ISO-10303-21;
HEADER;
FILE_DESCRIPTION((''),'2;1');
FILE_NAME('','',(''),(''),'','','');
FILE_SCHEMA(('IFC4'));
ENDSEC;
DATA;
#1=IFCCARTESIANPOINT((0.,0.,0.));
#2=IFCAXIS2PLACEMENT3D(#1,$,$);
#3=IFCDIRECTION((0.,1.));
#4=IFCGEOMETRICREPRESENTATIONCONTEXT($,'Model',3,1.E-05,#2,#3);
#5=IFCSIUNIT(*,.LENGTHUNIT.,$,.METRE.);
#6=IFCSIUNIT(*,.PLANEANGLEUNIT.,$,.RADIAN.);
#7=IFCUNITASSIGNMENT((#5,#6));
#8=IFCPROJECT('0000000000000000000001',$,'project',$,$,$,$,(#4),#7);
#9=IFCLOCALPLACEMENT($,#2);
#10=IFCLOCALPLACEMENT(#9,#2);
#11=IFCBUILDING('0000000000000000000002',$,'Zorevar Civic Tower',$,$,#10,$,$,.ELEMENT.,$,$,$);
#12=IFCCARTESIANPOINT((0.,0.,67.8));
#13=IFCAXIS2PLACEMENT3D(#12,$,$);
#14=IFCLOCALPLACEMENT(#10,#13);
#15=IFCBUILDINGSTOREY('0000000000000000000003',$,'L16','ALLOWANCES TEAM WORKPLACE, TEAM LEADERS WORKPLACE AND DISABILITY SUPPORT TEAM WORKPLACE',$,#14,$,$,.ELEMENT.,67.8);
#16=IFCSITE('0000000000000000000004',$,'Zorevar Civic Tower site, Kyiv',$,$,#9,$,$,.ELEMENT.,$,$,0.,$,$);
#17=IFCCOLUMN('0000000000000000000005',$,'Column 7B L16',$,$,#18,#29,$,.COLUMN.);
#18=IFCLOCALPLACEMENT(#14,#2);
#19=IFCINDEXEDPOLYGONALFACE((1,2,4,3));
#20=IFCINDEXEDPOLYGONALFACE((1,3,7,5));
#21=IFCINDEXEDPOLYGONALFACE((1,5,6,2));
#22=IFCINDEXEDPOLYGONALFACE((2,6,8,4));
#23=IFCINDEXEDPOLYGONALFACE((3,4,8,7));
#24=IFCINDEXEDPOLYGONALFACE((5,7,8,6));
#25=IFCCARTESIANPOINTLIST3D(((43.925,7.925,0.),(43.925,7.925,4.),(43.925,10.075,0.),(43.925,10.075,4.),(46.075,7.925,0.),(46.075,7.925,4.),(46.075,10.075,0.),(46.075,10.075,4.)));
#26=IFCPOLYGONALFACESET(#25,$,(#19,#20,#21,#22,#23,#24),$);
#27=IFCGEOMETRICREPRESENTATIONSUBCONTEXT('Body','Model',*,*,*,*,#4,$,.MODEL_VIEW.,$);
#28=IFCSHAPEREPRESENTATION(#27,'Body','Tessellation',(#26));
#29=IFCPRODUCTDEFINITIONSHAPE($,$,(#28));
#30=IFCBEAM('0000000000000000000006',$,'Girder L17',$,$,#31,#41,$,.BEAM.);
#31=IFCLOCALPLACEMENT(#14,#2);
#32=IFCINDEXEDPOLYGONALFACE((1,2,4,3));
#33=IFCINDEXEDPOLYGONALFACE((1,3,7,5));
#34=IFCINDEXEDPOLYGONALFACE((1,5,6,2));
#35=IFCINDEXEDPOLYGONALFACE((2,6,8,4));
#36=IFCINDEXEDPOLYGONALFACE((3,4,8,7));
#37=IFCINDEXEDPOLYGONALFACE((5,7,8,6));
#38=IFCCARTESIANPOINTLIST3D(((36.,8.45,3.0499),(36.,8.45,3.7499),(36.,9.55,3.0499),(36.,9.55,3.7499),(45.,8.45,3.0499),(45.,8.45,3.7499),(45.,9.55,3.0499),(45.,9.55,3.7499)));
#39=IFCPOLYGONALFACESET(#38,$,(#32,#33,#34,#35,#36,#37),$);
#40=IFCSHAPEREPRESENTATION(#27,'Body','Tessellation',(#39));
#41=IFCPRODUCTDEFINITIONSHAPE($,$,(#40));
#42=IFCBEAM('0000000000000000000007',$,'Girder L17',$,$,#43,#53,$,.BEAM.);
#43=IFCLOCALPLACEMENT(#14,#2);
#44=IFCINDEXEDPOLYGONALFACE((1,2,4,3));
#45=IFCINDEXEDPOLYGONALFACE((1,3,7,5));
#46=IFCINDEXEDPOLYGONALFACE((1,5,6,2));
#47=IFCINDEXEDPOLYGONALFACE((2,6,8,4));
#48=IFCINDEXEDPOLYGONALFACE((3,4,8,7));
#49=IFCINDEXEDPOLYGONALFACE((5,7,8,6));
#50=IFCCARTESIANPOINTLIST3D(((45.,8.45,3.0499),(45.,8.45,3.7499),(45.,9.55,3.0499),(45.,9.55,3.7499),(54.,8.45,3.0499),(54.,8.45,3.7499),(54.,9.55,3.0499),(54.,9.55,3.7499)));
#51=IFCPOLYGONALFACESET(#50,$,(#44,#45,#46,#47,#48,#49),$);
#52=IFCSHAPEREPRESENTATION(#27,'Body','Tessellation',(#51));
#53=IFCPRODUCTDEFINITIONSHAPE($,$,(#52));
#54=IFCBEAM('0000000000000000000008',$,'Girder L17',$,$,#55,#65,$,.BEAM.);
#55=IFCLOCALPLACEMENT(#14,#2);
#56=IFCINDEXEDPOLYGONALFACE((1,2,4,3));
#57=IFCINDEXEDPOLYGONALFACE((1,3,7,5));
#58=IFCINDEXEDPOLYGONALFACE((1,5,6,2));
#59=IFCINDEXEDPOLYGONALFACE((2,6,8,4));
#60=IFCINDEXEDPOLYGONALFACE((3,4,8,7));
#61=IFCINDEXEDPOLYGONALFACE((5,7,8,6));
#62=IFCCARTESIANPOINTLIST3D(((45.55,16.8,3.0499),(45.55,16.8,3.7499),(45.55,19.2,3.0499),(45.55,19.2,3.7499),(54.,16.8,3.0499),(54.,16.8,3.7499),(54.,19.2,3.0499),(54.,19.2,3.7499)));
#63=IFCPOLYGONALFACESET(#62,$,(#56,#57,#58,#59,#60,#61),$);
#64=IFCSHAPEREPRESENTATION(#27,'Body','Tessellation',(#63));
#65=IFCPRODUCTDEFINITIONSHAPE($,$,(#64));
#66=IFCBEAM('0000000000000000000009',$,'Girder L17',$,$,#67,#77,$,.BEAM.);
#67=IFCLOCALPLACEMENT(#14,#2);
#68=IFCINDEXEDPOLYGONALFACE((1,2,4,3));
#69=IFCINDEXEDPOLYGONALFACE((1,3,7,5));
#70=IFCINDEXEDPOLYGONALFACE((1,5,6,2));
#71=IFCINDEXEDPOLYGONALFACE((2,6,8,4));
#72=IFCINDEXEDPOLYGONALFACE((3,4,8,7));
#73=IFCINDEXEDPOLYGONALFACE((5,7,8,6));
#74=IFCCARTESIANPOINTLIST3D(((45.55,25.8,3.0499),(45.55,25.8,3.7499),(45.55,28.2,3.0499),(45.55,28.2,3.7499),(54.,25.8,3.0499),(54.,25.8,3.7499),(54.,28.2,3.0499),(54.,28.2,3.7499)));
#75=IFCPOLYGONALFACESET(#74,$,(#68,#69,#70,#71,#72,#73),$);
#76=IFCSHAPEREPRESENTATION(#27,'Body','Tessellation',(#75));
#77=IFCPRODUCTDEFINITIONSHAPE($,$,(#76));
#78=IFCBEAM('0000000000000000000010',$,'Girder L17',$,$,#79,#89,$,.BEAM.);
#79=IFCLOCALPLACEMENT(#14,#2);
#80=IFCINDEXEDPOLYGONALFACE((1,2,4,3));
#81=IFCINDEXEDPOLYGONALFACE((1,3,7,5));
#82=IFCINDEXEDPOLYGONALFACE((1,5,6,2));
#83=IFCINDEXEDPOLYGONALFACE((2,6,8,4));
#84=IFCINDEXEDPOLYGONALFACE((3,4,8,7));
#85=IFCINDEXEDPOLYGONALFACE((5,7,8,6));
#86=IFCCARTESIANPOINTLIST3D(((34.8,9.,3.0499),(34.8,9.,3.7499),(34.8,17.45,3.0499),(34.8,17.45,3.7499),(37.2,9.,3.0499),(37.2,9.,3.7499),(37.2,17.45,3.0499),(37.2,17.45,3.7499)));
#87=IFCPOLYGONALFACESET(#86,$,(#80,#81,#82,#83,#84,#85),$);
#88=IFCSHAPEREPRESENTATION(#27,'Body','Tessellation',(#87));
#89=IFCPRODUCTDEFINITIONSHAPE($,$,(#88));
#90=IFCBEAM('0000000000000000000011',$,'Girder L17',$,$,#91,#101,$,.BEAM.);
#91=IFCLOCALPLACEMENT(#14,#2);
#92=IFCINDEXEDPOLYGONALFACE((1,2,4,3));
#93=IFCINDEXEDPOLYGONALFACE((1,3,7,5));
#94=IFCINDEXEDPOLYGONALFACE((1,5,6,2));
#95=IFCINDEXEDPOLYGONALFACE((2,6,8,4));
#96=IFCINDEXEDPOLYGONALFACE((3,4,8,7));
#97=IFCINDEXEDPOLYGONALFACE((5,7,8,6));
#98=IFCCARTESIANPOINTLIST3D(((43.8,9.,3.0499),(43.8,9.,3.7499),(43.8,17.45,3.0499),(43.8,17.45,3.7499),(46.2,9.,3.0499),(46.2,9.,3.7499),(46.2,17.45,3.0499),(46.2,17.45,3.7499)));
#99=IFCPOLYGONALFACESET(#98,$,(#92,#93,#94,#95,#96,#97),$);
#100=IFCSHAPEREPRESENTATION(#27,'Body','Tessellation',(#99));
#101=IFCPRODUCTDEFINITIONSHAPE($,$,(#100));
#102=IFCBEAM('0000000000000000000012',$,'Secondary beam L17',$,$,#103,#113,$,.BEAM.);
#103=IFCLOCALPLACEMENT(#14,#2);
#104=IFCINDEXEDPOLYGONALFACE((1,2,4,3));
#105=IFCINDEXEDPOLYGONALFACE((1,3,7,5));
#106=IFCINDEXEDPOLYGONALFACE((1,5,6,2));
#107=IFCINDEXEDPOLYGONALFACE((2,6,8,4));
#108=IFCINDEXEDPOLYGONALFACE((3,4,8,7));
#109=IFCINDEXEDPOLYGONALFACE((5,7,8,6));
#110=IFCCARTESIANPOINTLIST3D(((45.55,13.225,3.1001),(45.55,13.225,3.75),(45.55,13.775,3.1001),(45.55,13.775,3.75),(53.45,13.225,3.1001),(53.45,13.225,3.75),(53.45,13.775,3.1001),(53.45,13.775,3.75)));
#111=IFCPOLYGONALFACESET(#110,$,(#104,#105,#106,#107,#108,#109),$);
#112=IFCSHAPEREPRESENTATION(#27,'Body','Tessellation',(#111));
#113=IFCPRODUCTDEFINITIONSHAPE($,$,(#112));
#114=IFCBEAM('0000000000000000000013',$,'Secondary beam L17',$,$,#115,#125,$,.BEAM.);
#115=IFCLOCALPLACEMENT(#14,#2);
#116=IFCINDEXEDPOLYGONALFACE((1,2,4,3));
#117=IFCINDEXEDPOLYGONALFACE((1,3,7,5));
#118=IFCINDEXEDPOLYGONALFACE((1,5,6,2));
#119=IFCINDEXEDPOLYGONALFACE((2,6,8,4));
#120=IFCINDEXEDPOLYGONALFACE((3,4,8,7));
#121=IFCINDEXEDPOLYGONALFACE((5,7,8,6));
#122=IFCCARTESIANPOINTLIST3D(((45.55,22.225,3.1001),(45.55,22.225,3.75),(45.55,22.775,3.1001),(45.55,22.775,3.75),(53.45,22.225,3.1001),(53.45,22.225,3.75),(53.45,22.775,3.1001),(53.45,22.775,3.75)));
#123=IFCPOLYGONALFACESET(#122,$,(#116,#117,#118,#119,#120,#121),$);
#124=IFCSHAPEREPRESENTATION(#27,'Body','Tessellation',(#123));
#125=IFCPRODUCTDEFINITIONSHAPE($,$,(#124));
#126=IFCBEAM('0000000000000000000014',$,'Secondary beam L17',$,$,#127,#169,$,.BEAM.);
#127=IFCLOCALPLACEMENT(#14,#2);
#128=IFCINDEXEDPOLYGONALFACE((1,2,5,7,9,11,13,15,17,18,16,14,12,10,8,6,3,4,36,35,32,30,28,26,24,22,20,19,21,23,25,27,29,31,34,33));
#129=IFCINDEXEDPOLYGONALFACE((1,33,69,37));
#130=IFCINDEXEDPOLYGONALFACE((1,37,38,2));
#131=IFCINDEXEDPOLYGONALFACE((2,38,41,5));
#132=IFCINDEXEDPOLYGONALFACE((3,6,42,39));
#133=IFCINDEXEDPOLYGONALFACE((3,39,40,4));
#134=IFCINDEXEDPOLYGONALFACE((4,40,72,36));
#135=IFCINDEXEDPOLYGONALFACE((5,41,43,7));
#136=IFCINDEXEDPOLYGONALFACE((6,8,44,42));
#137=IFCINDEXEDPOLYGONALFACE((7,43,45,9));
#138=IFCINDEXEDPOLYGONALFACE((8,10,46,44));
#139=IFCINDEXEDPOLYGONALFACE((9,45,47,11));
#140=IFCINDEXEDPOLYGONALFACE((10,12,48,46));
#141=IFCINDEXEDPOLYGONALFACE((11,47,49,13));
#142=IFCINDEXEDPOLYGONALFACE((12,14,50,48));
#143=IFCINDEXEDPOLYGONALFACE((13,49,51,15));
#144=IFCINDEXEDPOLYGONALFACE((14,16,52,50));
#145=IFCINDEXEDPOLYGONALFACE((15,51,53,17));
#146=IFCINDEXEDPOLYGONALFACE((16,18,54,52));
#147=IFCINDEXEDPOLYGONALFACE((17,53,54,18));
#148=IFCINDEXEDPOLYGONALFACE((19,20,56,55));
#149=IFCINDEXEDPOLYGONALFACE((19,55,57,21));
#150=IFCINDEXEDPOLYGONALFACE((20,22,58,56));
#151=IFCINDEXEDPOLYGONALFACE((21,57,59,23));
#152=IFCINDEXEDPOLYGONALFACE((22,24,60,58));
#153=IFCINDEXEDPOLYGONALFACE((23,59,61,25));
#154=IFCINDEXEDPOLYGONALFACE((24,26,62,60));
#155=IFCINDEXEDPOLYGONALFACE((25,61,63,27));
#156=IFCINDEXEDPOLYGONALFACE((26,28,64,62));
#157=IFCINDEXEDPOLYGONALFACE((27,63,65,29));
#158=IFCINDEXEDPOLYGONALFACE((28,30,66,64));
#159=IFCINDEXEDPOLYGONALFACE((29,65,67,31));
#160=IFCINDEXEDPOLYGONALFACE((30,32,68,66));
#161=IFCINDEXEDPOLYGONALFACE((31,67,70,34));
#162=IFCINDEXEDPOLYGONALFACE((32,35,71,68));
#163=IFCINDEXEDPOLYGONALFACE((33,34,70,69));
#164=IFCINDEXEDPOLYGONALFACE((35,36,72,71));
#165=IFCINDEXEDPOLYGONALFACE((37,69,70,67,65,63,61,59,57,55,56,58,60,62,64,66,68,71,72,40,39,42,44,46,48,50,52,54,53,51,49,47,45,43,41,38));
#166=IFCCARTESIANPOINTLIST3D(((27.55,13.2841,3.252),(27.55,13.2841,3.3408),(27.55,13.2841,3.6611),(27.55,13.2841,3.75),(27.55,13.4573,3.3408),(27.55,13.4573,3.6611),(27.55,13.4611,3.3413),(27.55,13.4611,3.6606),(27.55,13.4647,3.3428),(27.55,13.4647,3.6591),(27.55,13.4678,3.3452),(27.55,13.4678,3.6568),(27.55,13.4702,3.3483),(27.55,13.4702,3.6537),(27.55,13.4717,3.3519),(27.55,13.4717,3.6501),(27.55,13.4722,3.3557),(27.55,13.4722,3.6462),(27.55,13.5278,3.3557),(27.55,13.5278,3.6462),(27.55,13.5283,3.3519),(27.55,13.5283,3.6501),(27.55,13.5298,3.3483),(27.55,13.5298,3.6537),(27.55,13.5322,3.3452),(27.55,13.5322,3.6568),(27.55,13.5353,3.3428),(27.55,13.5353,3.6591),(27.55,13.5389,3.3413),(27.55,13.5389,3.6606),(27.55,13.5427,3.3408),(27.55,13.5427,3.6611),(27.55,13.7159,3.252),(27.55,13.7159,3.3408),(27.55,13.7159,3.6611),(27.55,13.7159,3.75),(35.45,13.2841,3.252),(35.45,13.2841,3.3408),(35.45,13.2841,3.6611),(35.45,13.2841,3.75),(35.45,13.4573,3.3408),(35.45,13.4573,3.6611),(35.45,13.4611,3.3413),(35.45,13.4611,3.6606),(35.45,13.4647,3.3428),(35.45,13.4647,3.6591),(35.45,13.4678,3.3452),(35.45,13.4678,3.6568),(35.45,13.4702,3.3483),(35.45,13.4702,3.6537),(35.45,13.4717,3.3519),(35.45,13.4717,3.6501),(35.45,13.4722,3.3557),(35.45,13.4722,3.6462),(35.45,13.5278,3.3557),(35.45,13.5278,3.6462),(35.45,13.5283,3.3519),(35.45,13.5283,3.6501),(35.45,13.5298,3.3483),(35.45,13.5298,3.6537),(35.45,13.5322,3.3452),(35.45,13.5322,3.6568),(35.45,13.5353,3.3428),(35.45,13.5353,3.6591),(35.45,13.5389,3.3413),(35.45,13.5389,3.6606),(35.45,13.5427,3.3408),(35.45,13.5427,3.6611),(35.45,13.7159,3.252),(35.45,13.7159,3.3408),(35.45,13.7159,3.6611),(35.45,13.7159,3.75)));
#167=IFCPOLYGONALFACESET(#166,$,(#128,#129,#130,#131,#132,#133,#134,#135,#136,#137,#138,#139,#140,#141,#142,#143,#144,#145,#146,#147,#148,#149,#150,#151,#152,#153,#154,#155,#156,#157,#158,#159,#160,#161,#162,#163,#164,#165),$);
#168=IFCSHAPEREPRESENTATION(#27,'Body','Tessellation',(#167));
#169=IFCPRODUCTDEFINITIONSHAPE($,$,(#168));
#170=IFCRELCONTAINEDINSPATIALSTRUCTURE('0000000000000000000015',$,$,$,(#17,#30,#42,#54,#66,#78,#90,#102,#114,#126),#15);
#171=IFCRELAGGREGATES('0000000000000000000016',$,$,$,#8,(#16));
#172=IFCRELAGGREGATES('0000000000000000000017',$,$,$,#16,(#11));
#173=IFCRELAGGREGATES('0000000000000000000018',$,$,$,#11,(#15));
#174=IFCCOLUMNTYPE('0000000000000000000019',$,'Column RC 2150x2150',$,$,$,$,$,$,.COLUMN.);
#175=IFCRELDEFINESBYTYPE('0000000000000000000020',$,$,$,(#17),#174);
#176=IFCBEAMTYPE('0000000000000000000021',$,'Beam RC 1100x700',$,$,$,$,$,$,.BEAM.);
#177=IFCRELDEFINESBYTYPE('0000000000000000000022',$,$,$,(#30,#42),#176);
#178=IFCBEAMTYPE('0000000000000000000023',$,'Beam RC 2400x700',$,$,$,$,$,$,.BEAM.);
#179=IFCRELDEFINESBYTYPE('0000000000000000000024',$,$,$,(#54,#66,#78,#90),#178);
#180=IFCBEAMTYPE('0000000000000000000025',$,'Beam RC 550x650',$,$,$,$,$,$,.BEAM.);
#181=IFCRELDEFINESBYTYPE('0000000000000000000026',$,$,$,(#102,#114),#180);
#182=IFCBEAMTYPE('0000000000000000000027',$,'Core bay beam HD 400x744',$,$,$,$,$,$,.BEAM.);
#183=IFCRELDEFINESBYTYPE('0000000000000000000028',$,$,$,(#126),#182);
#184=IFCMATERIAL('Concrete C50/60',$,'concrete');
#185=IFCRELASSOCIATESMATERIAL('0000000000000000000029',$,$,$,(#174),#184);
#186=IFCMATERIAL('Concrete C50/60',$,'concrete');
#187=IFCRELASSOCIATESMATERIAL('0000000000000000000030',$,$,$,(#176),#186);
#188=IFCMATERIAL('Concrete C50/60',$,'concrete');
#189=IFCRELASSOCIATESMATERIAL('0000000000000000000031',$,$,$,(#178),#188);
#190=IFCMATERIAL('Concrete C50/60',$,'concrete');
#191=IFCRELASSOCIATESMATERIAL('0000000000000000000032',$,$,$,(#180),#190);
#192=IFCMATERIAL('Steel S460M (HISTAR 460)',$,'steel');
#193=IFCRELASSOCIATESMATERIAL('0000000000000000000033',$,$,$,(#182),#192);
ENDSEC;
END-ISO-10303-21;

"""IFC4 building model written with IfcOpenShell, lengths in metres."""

from ifc_helpers import new_model, si_unit, direction, frame, origin, origin_2d, place, context, subcontext, project, spatial, rectangle, i_section, extrude, material, material_profile, profile_set, type_object, element, save


model = new_model("IFC4")

# Units and contexts
model_context = context("Model", 3, precision=1e-05, world=origin(), true_north=direction((0.0, 1.0)))
body_context = subcontext(model_context, "Body", "Model", "MODEL_VIEW")
ifc_project = project(units=[si_unit("LENGTHUNIT", "METRE"), si_unit("PLANEANGLEUNIT", "RADIAN")], contexts=[model_context])

# Site, building, storey
site_placement = place(None, origin())
site = spatial("IfcSite", under=ifc_project, at=site_placement, Name="Zorevar Civic Tower site, Kyiv", CompositionType="ELEMENT", RefElevation=0.0)
building_placement = place(site_placement, origin())
building = spatial("IfcBuilding", under=site, at=building_placement, Name="Zorevar Civic Tower", CompositionType="ELEMENT")
storey_placement = place(building_placement, frame((0.0, 0.0, 67.8)))
storey = spatial("IfcBuildingStorey", under=building, at=storey_placement, Name="L16", Description="ALLOWANCES TEAM WORKPLACE, TEAM LEADERS WORKPLACE AND DISABILITY SUPPORT TEAM WORKPLACE", CompositionType="ELEMENT", Elevation=67.8)

# Column
ifc_material_1 = material(Name="Concrete C50/60", Category="concrete")
ifc_material_profile_1 = material_profile(ifc_material_1, rectangle(XDim=2.1499, YDim=2.1499, at=origin_2d()), Name="RC 2150x2150")
ifc_profile_set_1 = profile_set([ifc_material_profile_1], Name="Concrete C50/60")
column_type = type_object("IfcColumnType", Name="Column RC 2150x2150", PredefinedType="COLUMN", material=ifc_profile_set_1)
column_placement = place(storey_placement, frame((45.0, 9.0, 0.0), z_axis=(0.0, 0.0, 1.0), x_axis=(1.0, 0.0, 0.0)))
element("IfcColumn", 1, at=column_placement, inside=storey, type_object=column_type, Name="Column 7B L16", PredefinedType="COLUMN", context=body_context, shape_type="SweptSolid", body=[
    extrude(rectangle(XDim=2.1499, YDim=2.1499, at=origin_2d()), origin(), (0.0, 0.0, 1.0), 4.0),
])

# Beams
ifc_material_2 = material(Name="Concrete C50/60", Category="concrete")
ifc_material_profile_2 = material_profile(ifc_material_2, rectangle(XDim=1.1001, YDim=0.7, at=origin_2d()), Name="RC 1100x700")
ifc_profile_set_2 = profile_set([ifc_material_profile_2], Name="Concrete C50/60")
beam_type_1 = type_object("IfcBeamType", Name="Beam RC 1100x700", PredefinedType="BEAM", material=ifc_profile_set_2)
for number, where, z_axis, x_axis, name in (
    (2, (36.0, 9.0, 3.3999), (1.0, 0.0, 0.0), (0.0, 1.0, 0.0), "Girder L17"),
    (3, (45.0, 9.0, 3.3999), (1.0, 0.0, 0.0), (0.0, 1.0, 0.0), "Girder L17"),
):
    element("IfcBeam", number, at=place(storey_placement, frame(where, z_axis=z_axis, x_axis=x_axis)), inside=storey, type_object=beam_type_1, Name=name, PredefinedType="BEAM", context=body_context, shape_type="SweptSolid", body=[
        extrude(rectangle(XDim=1.1001, YDim=0.7, at=origin_2d()), origin(), (0.0, 0.0, 1.0), 9.0),
    ])
ifc_material_3 = material(Name="Concrete C50/60", Category="concrete")
ifc_material_profile_3 = material_profile(ifc_material_3, rectangle(XDim=2.3999, YDim=0.7, at=origin_2d()), Name="RC 2400x700")
ifc_profile_set_3 = profile_set([ifc_material_profile_3], Name="Concrete C50/60")
beam_type_2 = type_object("IfcBeamType", Name="Beam RC 2400x700", PredefinedType="BEAM", material=ifc_profile_set_3)
for number, where, z_axis, x_axis, name in (
    (4, (45.55, 18.0, 3.3999), (1.0, 0.0, 0.0), (0.0, 1.0, 0.0), "Girder L17"),
    (5, (45.55, 27.0, 3.3999), (1.0, 0.0, 0.0), (0.0, 1.0, 0.0), "Girder L17"),
    (6, (36.0, 9.0, 3.3999), (0.0, 1.0, 0.0), (-1.0, 0.0, 0.0), "Girder L17"),
    (7, (45.0, 9.0, 3.3999), (0.0, 1.0, 0.0), (-1.0, 0.0, 0.0), "Girder L17"),
):
    element("IfcBeam", number, at=place(storey_placement, frame(where, z_axis=z_axis, x_axis=x_axis)), inside=storey, type_object=beam_type_2, Name=name, PredefinedType="BEAM", context=body_context, shape_type="SweptSolid", body=[
        extrude(rectangle(XDim=2.3999, YDim=0.7, at=origin_2d()), origin(), (0.0, 0.0, 1.0), 8.45),
    ])
ifc_material_4 = material(Name="Concrete C50/60", Category="concrete")
ifc_material_profile_4 = material_profile(ifc_material_4, rectangle(XDim=0.55, YDim=0.6499, at=origin_2d()), Name="RC 550x650")
ifc_profile_set_4 = profile_set([ifc_material_profile_4], Name="Concrete C50/60")
beam_type_3 = type_object("IfcBeamType", Name="Beam RC 550x650", PredefinedType="BEAM", material=ifc_profile_set_4)
for number, where, z_axis, x_axis, name in (
    (8, (45.55, 13.5, 3.425), (1.0, 0.0, 0.0), (0.0, 1.0, 0.0), "Secondary beam L17"),
    (9, (45.55, 22.5, 3.425), (1.0, 0.0, 0.0), (0.0, 1.0, 0.0), "Secondary beam L17"),
):
    element("IfcBeam", number, at=place(storey_placement, frame(where, z_axis=z_axis, x_axis=x_axis)), inside=storey, type_object=beam_type_3, Name=name, PredefinedType="BEAM", context=body_context, shape_type="SweptSolid", body=[
        extrude(rectangle(XDim=0.55, YDim=0.6499, at=origin_2d()), origin(), (0.0, 0.0, 1.0), 7.8999),
    ])
ifc_material_5 = material(Name="Steel S460M (HISTAR 460)", Category="steel")
ifc_material_profile_5 = material_profile(ifc_material_5, i_section(OverallWidth=0.4319, OverallDepth=0.498, WebThickness=0.0557, FlangeThickness=0.0889, FilletRadius=0.0149, at=origin_2d()), Name="HD 400x744")
ifc_profile_set_5 = profile_set([ifc_material_profile_5], Name="Steel S460M (HISTAR 460)")
beam_type_4 = type_object("IfcBeamType", Name="Core bay beam HD 400x744", PredefinedType="BEAM", material=ifc_profile_set_5)
for number, where, z_axis, x_axis, name in (
    (10, (27.55, 13.5, 3.501), (1.0, 0.0, 0.0), (0.0, 1.0, 0.0), "Secondary beam L17"),
):
    element("IfcBeam", number, at=place(storey_placement, frame(where, z_axis=z_axis, x_axis=x_axis)), inside=storey, type_object=beam_type_4, Name=name, PredefinedType="BEAM", context=body_context, shape_type="SweptSolid", body=[
        extrude(i_section(OverallWidth=0.4319, OverallDepth=0.498, WebThickness=0.0557, FlangeThickness=0.0889, FilletRadius=0.0149, at=origin_2d()), origin(), (0.0, 0.0, 1.0), 7.8999),
    ])

save(model, "model.ifc")
